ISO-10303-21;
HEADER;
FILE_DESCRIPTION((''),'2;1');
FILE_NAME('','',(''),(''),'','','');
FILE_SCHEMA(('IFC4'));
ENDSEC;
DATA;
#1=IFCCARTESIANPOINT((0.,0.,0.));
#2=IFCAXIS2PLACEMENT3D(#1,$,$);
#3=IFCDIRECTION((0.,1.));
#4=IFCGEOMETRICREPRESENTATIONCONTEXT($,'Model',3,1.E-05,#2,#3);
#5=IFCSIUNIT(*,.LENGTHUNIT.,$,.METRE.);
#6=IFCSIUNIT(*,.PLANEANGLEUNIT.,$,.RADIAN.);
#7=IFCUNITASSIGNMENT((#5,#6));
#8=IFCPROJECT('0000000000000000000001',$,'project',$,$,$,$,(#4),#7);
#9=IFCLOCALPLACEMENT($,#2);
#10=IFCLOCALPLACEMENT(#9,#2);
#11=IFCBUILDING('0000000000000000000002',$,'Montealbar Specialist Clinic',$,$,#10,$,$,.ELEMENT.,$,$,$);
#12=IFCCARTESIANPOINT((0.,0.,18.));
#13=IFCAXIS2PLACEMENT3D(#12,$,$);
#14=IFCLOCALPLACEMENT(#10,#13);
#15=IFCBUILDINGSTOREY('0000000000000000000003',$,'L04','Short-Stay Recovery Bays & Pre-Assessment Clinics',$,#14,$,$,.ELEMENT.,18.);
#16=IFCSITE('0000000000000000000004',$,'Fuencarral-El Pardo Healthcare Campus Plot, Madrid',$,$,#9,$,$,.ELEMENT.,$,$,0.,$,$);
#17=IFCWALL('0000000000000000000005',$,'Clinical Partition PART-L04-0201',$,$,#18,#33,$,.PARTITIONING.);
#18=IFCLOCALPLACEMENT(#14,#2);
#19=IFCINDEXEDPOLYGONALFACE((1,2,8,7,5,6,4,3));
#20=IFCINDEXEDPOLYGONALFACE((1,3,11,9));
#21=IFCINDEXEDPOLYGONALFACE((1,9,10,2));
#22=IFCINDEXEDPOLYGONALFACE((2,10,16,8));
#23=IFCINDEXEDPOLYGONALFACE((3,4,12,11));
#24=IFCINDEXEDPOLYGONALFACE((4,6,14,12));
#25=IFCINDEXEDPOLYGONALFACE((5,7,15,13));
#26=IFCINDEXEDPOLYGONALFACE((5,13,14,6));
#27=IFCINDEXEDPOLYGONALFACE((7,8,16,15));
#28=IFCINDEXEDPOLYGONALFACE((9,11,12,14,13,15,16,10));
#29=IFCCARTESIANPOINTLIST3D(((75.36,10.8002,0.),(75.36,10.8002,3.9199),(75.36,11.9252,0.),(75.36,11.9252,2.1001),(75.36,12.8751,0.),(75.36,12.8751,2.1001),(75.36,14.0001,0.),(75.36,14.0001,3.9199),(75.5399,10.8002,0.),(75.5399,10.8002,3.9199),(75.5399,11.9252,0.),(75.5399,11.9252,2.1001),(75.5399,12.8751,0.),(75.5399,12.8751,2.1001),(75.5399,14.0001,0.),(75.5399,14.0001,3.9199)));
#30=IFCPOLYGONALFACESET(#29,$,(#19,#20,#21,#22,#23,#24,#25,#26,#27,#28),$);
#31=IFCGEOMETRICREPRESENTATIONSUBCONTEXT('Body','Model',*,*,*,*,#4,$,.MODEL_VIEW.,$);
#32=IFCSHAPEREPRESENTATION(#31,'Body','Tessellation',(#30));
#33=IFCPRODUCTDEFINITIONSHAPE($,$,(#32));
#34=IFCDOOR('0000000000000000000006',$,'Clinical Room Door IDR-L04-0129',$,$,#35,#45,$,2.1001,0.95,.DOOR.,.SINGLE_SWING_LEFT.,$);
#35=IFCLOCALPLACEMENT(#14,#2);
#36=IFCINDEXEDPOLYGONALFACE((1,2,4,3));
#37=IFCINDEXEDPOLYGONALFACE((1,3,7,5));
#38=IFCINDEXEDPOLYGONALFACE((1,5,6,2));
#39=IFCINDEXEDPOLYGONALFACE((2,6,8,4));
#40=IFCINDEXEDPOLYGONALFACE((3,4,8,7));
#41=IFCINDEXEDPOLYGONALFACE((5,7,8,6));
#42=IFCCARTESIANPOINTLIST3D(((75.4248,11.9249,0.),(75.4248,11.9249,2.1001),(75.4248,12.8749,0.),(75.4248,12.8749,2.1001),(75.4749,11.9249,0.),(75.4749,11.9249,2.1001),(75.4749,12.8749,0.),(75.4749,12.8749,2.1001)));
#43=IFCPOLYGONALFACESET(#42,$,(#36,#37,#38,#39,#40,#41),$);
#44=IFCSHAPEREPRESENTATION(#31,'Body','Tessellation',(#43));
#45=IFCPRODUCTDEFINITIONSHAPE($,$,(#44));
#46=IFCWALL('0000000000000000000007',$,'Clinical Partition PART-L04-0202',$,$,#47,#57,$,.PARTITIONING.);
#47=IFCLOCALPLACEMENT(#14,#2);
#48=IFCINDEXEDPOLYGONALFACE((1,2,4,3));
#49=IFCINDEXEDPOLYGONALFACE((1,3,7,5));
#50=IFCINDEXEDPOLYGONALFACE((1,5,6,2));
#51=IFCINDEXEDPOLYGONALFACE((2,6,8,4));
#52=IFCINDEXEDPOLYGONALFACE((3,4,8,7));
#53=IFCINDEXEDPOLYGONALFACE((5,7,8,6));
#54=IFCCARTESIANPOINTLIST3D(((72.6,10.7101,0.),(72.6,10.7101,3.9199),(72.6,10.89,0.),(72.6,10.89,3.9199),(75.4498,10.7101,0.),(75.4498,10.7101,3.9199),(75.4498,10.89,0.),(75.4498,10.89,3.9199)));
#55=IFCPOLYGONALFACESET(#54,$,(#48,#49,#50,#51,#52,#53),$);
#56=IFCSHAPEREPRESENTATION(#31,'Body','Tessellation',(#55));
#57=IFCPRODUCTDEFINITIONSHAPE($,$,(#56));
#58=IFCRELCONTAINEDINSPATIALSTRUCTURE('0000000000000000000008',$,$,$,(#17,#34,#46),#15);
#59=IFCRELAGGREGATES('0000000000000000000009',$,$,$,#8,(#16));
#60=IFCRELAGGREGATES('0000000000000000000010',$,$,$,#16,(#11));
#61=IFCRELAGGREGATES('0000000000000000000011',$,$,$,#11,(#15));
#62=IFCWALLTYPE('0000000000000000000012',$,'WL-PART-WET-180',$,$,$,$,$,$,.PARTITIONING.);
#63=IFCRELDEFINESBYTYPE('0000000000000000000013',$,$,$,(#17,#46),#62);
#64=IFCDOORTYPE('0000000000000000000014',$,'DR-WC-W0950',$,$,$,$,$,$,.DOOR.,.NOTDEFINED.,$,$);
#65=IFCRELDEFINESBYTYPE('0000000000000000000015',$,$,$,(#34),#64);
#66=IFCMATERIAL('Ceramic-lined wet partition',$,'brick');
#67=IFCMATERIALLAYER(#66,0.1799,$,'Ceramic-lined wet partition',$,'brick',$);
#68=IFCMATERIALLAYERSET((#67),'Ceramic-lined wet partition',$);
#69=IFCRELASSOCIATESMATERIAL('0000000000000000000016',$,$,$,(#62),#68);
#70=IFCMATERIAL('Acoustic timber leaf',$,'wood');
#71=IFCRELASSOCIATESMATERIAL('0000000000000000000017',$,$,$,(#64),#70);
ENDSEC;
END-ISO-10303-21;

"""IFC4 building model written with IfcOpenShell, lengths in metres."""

from ifc_helpers import new_model, si_unit, direction, frame, frame_2d, origin, place, context, subcontext, project, spatial, rectangle, extrude, material, layer, layer_set, type_object, element, fill, save


model = new_model("IFC4")

# Units and contexts
model_context = context("Model", 3, precision=1e-05, world=origin(), true_north=direction((0.0, 1.0)))
body_context = subcontext(model_context, "Body", "Model", "MODEL_VIEW")
ifc_project = project(units=[si_unit("LENGTHUNIT", "METRE"), si_unit("PLANEANGLEUNIT", "RADIAN")], contexts=[model_context])

# Site, building, storey
site_placement = place(None, origin())
site = spatial("IfcSite", under=ifc_project, at=site_placement, Name="Fuencarral-El Pardo Healthcare Campus Plot, Madrid", CompositionType="ELEMENT", RefElevation=0.0)
building_placement = place(site_placement, origin())
building = spatial("IfcBuilding", under=site, at=building_placement, Name="Montealbar Specialist Clinic", CompositionType="ELEMENT")
storey_placement = place(building_placement, frame((0.0, 0.0, 18.0)))
storey = spatial("IfcBuildingStorey", under=building, at=storey_placement, Name="L04", Description="Short-Stay Recovery Bays & Pre-Assessment Clinics", CompositionType="ELEMENT", Elevation=18.0)

# Wall, opening, door
ifc_material_1 = material(Name="Acoustic timber leaf", Category="wood")
ifc_material_2 = material(Name="Ceramic-lined wet partition", Category="brick")
ifc_layer_1 = layer(ifc_material_2, 0.1799, Name="Ceramic-lined wet partition", Category="brick")
ifc_layer_set_1 = layer_set([ifc_layer_1], Name="Ceramic-lined wet partition")
wall_type_1 = type_object("IfcWallType", Name="WL-PART-WET-180", PredefinedType="PARTITIONING", material=ifc_layer_set_1)
door_type_1 = type_object("IfcDoorType", Name="DR-WC-W0950", OperationType="NOTDEFINED", PredefinedType="DOOR", material=ifc_material_1)
wall_1_placement = place(storey_placement, frame((75.45, 10.8, 0.0), z_axis=(0.0, 0.0, 1.0), x_axis=(0.0, 1.0, 0.0)))
wall_1 = element("IfcWall", 1, at=wall_1_placement, inside=storey, type_object=wall_type_1, Name="Clinical Partition PART-L04-0201", PredefinedType="PARTITIONING", context=body_context, shape_type="SweptSolid", body=[
    extrude(rectangle(XDim=3.2, YDim=0.1799, at=frame_2d((1.6001, 0.0))), origin(), (0.0, 0.0, 1.0), 3.9199),
])
opening_1_placement = place(wall_1_placement, frame((1.125, 0.0, 0.0)))
opening_1 = element("IfcOpeningElement", 2, at=opening_1_placement, cuts=wall_1, PredefinedType="OPENING", context=body_context, shape_type="SweptSolid", body=[
    extrude(rectangle(XDim=0.95, YDim=2.1001, at=frame_2d((0.4751, 1.05))), frame((0.0, 0.0999, 0.0), z_axis=(0.0, -1.0, 0.0), x_axis=(1.0, 0.0, 0.0)), (0.0, 0.0, 1.0), 0.2),
])
door_1_placement = place(opening_1_placement, frame((0.95, 0.0, 0.0), z_axis=(0.0, 0.0, 1.0), x_axis=(-1.0, 0.0, 0.0)))
door_1 = element("IfcDoor", 3, at=door_1_placement, inside=storey, type_object=door_type_1, Name="Clinical Room Door IDR-L04-0129", OperationType="SINGLE_SWING_LEFT", OverallHeight=2.1001, OverallWidth=0.95, PredefinedType="DOOR", context=body_context, shape_type="SweptSolid", body=[
    extrude(rectangle(XDim=0.95, YDim=2.1001, at=frame_2d((0.4751, 1.05))), frame((0.0, 0.0249, 0.0), z_axis=(0.0, -1.0, 0.0), x_axis=(1.0, 0.0, 0.0)), (0.0, 0.0, 1.0), 0.05),
])
fill(opening_1, door_1)

# Wall
wall_2_placement = place(storey_placement, frame((72.6001, 10.8, 0.0), z_axis=(0.0, 0.0, 1.0), x_axis=(1.0, 0.0, 0.0)))
element("IfcWall", 4, at=wall_2_placement, inside=storey, type_object=wall_type_1, Name="Clinical Partition PART-L04-0202", PredefinedType="PARTITIONING", context=body_context, shape_type="SweptSolid", body=[
    extrude(rectangle(XDim=2.8499, YDim=0.1799, at=frame_2d((1.4248, 0.0))), origin(), (0.0, 0.0, 1.0), 3.9199),
])

save(model, "model.ifc")
